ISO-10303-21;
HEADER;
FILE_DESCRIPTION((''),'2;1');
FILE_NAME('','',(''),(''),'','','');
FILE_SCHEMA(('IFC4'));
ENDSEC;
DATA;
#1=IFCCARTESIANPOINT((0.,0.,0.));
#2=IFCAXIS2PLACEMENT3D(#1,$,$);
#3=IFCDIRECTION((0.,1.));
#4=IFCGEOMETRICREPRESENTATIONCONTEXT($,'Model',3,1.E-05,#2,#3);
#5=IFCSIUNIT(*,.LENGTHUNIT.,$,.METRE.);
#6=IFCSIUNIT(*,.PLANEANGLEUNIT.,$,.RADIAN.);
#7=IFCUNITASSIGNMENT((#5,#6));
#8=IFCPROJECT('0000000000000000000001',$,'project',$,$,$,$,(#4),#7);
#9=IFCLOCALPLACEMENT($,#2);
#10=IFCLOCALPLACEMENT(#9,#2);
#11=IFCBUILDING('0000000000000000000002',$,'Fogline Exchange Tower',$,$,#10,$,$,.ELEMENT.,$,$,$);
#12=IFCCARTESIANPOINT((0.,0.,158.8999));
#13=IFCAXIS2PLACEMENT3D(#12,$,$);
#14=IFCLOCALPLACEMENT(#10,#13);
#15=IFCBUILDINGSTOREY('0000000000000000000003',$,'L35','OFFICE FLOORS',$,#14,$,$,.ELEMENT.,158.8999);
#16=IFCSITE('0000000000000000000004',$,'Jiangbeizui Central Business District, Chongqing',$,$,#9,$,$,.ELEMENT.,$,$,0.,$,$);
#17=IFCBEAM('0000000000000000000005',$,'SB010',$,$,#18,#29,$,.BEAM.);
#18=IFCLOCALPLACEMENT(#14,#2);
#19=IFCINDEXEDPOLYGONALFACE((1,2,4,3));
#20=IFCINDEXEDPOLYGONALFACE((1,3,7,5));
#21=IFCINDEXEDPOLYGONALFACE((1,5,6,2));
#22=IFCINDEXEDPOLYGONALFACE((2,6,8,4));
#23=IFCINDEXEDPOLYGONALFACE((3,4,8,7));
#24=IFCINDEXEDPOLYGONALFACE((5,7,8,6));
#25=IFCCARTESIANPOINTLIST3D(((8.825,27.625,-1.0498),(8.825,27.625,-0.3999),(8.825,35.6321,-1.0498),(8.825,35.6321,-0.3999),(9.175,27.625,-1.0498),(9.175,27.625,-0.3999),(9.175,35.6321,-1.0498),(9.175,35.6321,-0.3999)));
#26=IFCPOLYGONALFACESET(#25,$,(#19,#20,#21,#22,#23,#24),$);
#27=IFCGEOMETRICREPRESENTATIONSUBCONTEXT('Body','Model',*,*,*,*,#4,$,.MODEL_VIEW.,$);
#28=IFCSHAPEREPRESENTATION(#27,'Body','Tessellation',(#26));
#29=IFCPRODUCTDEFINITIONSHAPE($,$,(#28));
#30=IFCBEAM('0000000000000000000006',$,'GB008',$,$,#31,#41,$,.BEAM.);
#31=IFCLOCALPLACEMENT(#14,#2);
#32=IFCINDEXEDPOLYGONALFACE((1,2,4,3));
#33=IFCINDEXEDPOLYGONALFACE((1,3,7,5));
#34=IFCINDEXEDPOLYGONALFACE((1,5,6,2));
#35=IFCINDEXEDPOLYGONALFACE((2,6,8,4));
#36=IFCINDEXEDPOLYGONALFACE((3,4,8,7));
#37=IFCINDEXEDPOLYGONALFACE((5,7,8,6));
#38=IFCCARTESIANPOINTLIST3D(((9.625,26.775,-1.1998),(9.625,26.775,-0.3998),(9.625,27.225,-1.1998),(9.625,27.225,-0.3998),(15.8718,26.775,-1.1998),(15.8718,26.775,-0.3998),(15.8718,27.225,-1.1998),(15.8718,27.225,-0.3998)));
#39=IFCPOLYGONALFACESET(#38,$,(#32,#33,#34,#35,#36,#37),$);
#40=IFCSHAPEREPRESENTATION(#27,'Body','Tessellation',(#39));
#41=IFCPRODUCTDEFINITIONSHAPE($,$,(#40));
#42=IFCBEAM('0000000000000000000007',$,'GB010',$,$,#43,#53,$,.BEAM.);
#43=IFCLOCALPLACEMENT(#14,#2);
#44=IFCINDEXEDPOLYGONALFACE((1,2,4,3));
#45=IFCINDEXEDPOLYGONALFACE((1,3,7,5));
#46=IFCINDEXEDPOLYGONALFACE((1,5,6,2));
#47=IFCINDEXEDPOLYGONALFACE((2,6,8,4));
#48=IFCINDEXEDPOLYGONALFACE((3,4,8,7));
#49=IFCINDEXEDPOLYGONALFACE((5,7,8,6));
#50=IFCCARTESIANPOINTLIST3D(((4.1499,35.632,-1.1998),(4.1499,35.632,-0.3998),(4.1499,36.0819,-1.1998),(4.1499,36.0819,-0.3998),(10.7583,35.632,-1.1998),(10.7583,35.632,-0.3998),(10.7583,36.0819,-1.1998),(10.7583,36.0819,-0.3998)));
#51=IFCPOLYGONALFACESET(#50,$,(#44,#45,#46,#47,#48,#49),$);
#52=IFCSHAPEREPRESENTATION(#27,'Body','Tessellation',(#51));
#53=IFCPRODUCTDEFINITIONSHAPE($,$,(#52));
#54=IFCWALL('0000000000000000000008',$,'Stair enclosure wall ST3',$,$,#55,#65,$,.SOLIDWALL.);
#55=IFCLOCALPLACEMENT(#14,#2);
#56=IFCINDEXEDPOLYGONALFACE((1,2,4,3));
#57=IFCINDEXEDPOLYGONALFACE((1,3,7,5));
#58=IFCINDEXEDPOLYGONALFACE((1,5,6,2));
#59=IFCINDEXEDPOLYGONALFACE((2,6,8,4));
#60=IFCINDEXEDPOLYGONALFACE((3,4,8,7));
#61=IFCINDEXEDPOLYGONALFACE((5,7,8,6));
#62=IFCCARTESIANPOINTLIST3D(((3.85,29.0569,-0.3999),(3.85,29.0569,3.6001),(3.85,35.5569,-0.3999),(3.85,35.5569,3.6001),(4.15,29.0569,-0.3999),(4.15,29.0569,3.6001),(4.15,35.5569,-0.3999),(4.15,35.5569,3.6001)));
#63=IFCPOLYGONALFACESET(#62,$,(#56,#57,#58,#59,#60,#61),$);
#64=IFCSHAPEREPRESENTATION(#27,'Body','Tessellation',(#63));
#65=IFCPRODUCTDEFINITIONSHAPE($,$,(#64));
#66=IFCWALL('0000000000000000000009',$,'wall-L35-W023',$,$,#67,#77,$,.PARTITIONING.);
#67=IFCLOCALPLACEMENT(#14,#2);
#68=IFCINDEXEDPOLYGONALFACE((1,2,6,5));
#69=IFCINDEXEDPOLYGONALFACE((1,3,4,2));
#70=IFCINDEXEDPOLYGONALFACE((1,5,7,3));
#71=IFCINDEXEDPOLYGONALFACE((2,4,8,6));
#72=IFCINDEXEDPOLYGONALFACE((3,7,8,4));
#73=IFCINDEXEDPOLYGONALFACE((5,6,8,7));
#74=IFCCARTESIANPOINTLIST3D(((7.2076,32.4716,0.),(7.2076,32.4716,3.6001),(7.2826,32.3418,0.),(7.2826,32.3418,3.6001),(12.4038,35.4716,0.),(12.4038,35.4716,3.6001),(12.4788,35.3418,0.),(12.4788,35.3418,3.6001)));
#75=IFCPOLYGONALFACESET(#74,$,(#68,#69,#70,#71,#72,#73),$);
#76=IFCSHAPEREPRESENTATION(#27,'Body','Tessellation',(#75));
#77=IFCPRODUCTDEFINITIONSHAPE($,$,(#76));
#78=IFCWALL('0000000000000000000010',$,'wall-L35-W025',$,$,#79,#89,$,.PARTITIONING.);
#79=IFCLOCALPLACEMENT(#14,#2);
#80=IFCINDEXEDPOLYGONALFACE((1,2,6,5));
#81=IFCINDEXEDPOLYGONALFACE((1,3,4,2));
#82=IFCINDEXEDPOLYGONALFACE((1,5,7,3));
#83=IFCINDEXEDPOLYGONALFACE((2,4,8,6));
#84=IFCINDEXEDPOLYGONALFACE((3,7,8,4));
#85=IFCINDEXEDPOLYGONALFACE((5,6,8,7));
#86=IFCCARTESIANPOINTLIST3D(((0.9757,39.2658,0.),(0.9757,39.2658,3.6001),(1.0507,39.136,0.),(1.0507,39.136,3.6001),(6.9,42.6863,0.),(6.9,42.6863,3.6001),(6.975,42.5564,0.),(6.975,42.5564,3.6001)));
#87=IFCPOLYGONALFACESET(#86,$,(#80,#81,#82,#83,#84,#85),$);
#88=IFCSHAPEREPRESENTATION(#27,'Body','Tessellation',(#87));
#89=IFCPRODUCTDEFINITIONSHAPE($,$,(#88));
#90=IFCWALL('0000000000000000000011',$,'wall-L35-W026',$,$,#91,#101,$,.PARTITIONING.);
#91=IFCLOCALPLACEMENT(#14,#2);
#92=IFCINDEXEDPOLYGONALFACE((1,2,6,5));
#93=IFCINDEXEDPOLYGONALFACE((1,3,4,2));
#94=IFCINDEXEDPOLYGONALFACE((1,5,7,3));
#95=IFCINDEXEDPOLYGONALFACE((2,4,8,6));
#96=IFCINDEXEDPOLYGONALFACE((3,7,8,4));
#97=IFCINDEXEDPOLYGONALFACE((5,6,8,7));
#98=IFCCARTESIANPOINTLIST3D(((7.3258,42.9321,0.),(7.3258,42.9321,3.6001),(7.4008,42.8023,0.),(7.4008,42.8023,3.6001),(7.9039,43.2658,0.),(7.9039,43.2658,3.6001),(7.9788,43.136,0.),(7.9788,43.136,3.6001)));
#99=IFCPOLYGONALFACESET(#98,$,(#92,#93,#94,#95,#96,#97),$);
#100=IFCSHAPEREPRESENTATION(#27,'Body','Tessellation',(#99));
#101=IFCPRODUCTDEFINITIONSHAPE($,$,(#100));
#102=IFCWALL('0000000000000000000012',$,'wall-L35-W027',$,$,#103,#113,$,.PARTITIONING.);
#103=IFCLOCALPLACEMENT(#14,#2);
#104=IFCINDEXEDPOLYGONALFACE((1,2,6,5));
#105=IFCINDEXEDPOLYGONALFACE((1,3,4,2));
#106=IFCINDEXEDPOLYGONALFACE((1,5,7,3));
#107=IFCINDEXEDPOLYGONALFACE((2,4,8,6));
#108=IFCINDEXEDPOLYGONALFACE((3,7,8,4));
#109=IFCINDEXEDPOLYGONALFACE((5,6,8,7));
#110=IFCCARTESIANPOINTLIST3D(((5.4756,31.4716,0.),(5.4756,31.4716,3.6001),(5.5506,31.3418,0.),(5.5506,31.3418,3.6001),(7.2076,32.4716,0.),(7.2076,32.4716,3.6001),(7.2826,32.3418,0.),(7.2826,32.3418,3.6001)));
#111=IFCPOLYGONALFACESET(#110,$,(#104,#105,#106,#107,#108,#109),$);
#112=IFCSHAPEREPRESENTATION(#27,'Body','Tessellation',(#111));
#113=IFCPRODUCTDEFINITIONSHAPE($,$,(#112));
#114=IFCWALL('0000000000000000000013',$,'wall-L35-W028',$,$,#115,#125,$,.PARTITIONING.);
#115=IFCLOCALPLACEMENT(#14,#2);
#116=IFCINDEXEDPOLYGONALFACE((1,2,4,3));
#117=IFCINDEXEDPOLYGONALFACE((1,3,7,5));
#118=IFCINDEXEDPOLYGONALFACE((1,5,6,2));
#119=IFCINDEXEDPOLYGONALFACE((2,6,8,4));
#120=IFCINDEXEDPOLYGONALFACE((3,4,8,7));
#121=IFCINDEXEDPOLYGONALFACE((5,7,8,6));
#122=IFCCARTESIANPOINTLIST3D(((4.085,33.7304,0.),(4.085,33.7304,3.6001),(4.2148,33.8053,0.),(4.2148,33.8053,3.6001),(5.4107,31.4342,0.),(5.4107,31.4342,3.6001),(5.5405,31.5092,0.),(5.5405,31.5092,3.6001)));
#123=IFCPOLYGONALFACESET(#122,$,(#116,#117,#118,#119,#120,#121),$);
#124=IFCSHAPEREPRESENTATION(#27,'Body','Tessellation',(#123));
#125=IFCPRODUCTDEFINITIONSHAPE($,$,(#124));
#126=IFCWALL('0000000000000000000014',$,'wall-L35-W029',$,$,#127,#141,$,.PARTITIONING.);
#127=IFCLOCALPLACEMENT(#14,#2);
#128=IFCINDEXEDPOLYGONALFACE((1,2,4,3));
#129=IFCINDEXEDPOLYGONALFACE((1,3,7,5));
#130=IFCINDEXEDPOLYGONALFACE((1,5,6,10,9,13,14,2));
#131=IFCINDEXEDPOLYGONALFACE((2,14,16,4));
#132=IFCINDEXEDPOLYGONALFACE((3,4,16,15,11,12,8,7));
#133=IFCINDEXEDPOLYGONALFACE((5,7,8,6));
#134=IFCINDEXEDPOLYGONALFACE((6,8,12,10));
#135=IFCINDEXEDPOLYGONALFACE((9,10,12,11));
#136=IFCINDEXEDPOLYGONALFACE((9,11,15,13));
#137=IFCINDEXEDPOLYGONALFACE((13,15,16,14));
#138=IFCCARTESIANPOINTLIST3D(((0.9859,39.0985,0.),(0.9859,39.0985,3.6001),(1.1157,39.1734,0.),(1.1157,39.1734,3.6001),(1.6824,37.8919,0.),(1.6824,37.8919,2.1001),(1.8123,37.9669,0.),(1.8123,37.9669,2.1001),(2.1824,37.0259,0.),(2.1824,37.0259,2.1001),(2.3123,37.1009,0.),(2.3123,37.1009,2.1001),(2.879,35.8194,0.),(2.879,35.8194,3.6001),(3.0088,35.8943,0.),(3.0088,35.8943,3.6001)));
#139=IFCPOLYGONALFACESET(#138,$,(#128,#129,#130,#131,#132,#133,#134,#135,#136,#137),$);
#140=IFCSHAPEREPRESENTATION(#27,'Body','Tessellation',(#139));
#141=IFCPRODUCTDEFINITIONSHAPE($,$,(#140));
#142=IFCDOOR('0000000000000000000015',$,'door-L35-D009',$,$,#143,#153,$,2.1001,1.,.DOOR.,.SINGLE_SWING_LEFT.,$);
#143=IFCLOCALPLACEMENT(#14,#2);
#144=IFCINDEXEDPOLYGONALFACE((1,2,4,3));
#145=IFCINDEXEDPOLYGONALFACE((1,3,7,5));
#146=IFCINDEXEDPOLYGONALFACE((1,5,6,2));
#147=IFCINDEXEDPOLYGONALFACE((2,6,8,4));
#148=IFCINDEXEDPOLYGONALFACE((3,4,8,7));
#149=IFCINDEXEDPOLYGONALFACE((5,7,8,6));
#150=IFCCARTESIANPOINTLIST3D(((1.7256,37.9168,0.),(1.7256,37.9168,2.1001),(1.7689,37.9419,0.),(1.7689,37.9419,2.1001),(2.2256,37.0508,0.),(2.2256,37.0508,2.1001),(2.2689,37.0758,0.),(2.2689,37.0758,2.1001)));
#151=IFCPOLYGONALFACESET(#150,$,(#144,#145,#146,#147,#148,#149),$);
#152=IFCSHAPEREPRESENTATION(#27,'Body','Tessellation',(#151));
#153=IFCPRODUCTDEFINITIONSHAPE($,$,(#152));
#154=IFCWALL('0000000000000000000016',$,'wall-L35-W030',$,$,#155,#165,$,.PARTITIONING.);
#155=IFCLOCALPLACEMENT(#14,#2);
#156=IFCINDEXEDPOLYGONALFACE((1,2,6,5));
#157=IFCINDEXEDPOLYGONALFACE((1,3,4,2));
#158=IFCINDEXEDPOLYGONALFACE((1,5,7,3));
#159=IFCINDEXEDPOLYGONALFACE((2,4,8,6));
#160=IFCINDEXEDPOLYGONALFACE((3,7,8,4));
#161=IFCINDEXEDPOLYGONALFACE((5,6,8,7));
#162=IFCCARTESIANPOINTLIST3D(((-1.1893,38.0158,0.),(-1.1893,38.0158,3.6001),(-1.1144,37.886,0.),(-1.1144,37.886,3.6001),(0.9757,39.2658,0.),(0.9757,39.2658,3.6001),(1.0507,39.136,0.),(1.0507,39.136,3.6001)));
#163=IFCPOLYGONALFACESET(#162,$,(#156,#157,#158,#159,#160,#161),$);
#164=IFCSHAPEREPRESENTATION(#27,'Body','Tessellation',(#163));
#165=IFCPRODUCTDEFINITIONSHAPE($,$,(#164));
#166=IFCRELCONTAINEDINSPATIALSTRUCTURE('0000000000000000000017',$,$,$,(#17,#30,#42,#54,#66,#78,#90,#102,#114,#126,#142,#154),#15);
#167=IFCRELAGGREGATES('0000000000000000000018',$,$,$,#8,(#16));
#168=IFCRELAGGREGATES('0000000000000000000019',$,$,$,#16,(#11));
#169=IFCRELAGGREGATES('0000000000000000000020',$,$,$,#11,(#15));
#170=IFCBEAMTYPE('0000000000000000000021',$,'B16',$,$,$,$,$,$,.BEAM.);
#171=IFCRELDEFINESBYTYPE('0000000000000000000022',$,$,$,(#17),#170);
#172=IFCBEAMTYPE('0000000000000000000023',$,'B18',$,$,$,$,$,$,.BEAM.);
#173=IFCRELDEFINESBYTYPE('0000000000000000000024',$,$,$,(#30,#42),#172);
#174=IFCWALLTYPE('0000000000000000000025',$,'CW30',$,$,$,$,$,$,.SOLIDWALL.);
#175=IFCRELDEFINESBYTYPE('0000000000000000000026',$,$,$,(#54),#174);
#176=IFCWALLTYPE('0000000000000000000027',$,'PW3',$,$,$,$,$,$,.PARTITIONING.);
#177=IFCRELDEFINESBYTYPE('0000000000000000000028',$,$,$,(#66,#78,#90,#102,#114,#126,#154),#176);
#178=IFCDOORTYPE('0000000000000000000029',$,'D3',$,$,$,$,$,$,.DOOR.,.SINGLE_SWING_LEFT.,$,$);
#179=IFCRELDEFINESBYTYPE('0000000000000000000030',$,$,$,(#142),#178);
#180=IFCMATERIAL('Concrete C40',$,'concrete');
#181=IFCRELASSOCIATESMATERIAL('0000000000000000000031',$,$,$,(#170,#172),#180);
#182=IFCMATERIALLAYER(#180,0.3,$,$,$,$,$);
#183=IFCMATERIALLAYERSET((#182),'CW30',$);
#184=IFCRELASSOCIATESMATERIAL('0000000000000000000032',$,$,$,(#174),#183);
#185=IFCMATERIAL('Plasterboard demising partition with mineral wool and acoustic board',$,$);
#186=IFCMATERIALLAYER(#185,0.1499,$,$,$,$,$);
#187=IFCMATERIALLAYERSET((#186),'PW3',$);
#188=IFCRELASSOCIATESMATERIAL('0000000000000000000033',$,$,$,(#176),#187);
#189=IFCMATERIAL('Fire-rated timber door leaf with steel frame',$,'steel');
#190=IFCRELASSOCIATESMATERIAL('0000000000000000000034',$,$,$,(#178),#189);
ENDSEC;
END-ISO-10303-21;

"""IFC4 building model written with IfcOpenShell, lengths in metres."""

from ifc_helpers import new_model, si_unit, direction, frame, frame_2d, origin, origin_2d, place, context, subcontext, project, spatial, rectangle, extrude, material, layer, layer_set, material_profile, profile_set, type_object, element, fill, save


model = new_model("IFC4")

# Units and contexts
model_context = context("Model", 3, precision=1e-05, world=origin(), true_north=direction((0.0, 1.0)))
body_context = subcontext(model_context, "Body", "Model", "MODEL_VIEW")
ifc_project = project(units=[si_unit("LENGTHUNIT", "METRE"), si_unit("PLANEANGLEUNIT", "RADIAN")], contexts=[model_context])

# Site, building, storey
site_placement = place(None, origin())
site = spatial("IfcSite", under=ifc_project, at=site_placement, Name="Jiangbeizui Central Business District, Chongqing", CompositionType="ELEMENT", RefElevation=0.0)
building_placement = place(site_placement, origin())
building = spatial("IfcBuilding", under=site, at=building_placement, Name="Fogline Exchange Tower", CompositionType="ELEMENT")
storey_placement = place(building_placement, frame((0.0, 0.0, 158.8999)))
storey = spatial("IfcBuildingStorey", under=building, at=storey_placement, Name="L35", Description="OFFICE FLOORS", CompositionType="ELEMENT", Elevation=158.8999)

# Beams
ifc_material_1 = material(Name="Concrete C40", Category="concrete")
ifc_material_profile_1 = material_profile(ifc_material_1, rectangle(XDim=0.3501, YDim=0.6499, at=origin_2d()), Name="RC 350x650")
ifc_profile_set_1 = profile_set([ifc_material_profile_1], Name="Concrete C40")
beam_type_1 = type_object("IfcBeamType", Name="B16", PredefinedType="BEAM", material=ifc_profile_set_1)
beam_1_placement = place(storey_placement, frame((9.0, 27.625, -0.7249), z_axis=(0.0, 1.0, 0.0), x_axis=(-1.0, 0.0, 0.0)))
element("IfcBeam", 1, at=beam_1_placement, inside=storey, type_object=beam_type_1, Name="SB010", PredefinedType="BEAM", context=body_context, shape_type="SweptSolid", body=[
    extrude(rectangle(XDim=0.3501, YDim=0.6499, at=origin_2d()), origin(), (0.0, 0.0, 1.0), 8.0071),
])
ifc_material_profile_2 = material_profile(ifc_material_1, rectangle(XDim=0.45, YDim=0.8, at=origin_2d()), Name="RC 450x800")
ifc_profile_set_2 = profile_set([ifc_material_profile_2], Name="Concrete C40")
beam_type_2 = type_object("IfcBeamType", Name="B18", PredefinedType="BEAM", material=ifc_profile_set_2)
beam_2_placement = place(storey_placement, frame((9.625, 27.0, -0.7998), z_axis=(1.0, 0.0, 0.0), x_axis=(0.0, 1.0, 0.0)))
element("IfcBeam", 2, at=beam_2_placement, inside=storey, type_object=beam_type_2, Name="GB008", PredefinedType="BEAM", context=body_context, shape_type="SweptSolid", body=[
    extrude(rectangle(XDim=0.45, YDim=0.8, at=origin_2d()), origin(), (0.0, 0.0, 1.0), 6.2468),
])
beam_3_placement = place(storey_placement, frame((4.1499, 35.8569, -0.7998), z_axis=(1.0, 0.0, 0.0), x_axis=(0.0, 1.0, 0.0)))
element("IfcBeam", 3, at=beam_3_placement, inside=storey, type_object=beam_type_2, Name="GB010", PredefinedType="BEAM", context=body_context, shape_type="SweptSolid", body=[
    extrude(rectangle(XDim=0.45, YDim=0.8, at=origin_2d()), origin(), (0.0, 0.0, 1.0), 6.6084),
])

# Wall
ifc_layer_1 = layer(ifc_material_1, 0.3)
ifc_layer_set_1 = layer_set([ifc_layer_1], Name="CW30")
wall_type_1 = type_object("IfcWallType", Name="CW30", PredefinedType="SOLIDWALL", material=ifc_layer_set_1)
wall_1_placement = place(storey_placement, frame((4.0, 29.0569, -0.3999), z_axis=(0.0, 0.0, 1.0), x_axis=(0.0, 1.0, 0.0)))
element("IfcWall", 4, at=wall_1_placement, inside=storey, type_object=wall_type_1, Name="Stair enclosure wall ST3", PredefinedType="SOLIDWALL", context=body_context, shape_type="SweptSolid", body=[
    extrude(rectangle(XDim=6.5, YDim=0.3, at=frame_2d((3.25, 0.0))), origin(), (0.0, 0.0, 1.0), 4.0),
])

# Walls
ifc_material_2 = material(Name="Plasterboard demising partition with mineral wool and acoustic board")
ifc_layer_2 = layer(ifc_material_2, 0.1499)
ifc_layer_set_2 = layer_set([ifc_layer_2], Name="PW3")
wall_type_2 = type_object("IfcWallType", Name="PW3", PredefinedType="PARTITIONING", material=ifc_layer_set_2)
wall_2_placement = place(storey_placement, frame((7.2451, 32.4067, 0.0), z_axis=(0.0, 0.0, 1.0), x_axis=(0.866031, 0.49999, 0.0)))
element("IfcWall", 5, at=wall_2_placement, inside=storey, type_object=wall_type_2, Name="wall-L35-W023", PredefinedType="PARTITIONING", context=body_context, shape_type="SweptSolid", body=[
    extrude(rectangle(XDim=6.0, YDim=0.1499, at=frame_2d((3.0, 0.0))), origin(), (0.0, 0.0, 1.0), 3.6001),
])
wall_3_placement = place(storey_placement, frame((1.0132, 39.2009, 0.0), z_axis=(0.0, 0.0, 1.0), x_axis=(0.866025, 0.5, 0.0)))
element("IfcWall", 6, at=wall_3_placement, inside=storey, type_object=wall_type_2, Name="wall-L35-W025", PredefinedType="PARTITIONING", context=body_context, shape_type="SweptSolid", body=[
    extrude(rectangle(XDim=6.8408, YDim=0.1499, at=frame_2d((3.4204, 0.0))), origin(), (0.0, 0.0, 1.0), 3.6001),
])
wall_4_placement = place(storey_placement, frame((7.3633, 42.8672, 0.0), z_axis=(0.0, 0.0, 1.0), x_axis=(0.866052, 0.499955, 0.0)))
element("IfcWall", 7, at=wall_4_placement, inside=storey, type_object=wall_type_2, Name="wall-L35-W026", PredefinedType="PARTITIONING", context=body_context, shape_type="SweptSolid", body=[
    extrude(rectangle(XDim=0.6675, YDim=0.1499, at=frame_2d((0.3337, 0.0))), origin(), (0.0, 0.0, 1.0), 3.6001),
])
wall_5_placement = place(storey_placement, frame((7.2451, 32.4067, 0.0), z_axis=(0.0, 0.0, 1.0), x_axis=(-0.866011, -0.500025, 0.0)))
element("IfcWall", 8, at=wall_5_placement, inside=storey, type_object=wall_type_2, Name="wall-L35-W027", PredefinedType="PARTITIONING", context=body_context, shape_type="SweptSolid", body=[
    extrude(rectangle(XDim=2.0, YDim=0.1499, at=frame_2d((1.0, 0.0))), origin(), (0.0, 0.0, 1.0), 3.6001),
])
wall_6_placement = place(storey_placement, frame((5.4756, 31.4717, 0.0), z_axis=(0.0, 0.0, 1.0), x_axis=(-0.500001, 0.866025, 0.0)))
element("IfcWall", 9, at=wall_6_placement, inside=storey, type_object=wall_type_2, Name="wall-L35-W028", PredefinedType="PARTITIONING", context=body_context, shape_type="SweptSolid", body=[
    extrude(rectangle(XDim=2.6514, YDim=0.1499, at=frame_2d((1.3257, 0.0))), origin(), (0.0, 0.0, 1.0), 3.6001),
])

# Wall, opening, door
wall_7_placement = place(storey_placement, frame((2.9438, 35.8569, 0.0), z_axis=(0.0, 0.0, 1.0), x_axis=(-0.499981, 0.866036, 0.0)))
wall_7 = element("IfcWall", 10, at=wall_7_placement, inside=storey, type_object=wall_type_2, Name="wall-L35-W029", PredefinedType="PARTITIONING", context=body_context, shape_type="SweptSolid", body=[
    extrude(rectangle(XDim=3.7864, YDim=0.1499, at=frame_2d((1.8931, 0.0))), origin(), (0.0, 0.0, 1.0), 3.6001),
])
opening_1_placement = place(wall_7_placement, frame((1.3931, 0.0, 0.0)))
opening_1 = element("IfcOpeningElement", 11, at=opening_1_placement, cuts=wall_7, PredefinedType="OPENING", context=body_context, shape_type="SweptSolid", body=[
    extrude(rectangle(XDim=1.0, YDim=2.1001, at=frame_2d((0.5, 1.05))), frame((0.0, 0.085, 0.0), z_axis=(0.0, -1.0, 0.0), x_axis=(1.0, 0.0, 0.0)), (0.0, 0.0, 1.0), 0.1699),
])
ifc_material_3 = material(Name="Fire-rated timber door leaf with steel frame", Category="steel")
door_type_1 = type_object("IfcDoorType", Name="D3", OperationType="SINGLE_SWING_LEFT", PredefinedType="DOOR", material=ifc_material_3)
door_1_placement = place(opening_1_placement, frame((1.0, 0.0, 0.0), z_axis=(0.0, 0.0, 1.0), x_axis=(-1.0, 0.0, 0.0)))
door_1 = element("IfcDoor", 12, at=door_1_placement, inside=storey, type_object=door_type_1, Name="door-L35-D009", OperationType="SINGLE_SWING_LEFT", OverallHeight=2.1001, OverallWidth=1.0, PredefinedType="DOOR", context=body_context, shape_type="SweptSolid", body=[
    extrude(rectangle(XDim=1.0, YDim=2.1001, at=frame_2d((0.5, 1.05))), frame((0.0, 0.0249, 0.0), z_axis=(0.0, -1.0, 0.0), x_axis=(1.0, 0.0, 0.0)), (0.0, 0.0, 1.0), 0.05),
])
fill(opening_1, door_1)

# Wall
wall_8_placement = place(storey_placement, frame((1.0132, 39.2009, 0.0), z_axis=(0.0, 0.0, 1.0), x_axis=(-0.866023, -0.500004, 0.0)))
element("IfcWall", 13, at=wall_8_placement, inside=storey, type_object=wall_type_2, Name="wall-L35-W030", PredefinedType="PARTITIONING", context=body_context, shape_type="SweptSolid", body=[
    extrude(rectangle(XDim=2.5, YDim=0.1499, at=frame_2d((1.25, 0.0))), origin(), (0.0, 0.0, 1.0), 3.6001),
])

save(model, "model.ifc")
